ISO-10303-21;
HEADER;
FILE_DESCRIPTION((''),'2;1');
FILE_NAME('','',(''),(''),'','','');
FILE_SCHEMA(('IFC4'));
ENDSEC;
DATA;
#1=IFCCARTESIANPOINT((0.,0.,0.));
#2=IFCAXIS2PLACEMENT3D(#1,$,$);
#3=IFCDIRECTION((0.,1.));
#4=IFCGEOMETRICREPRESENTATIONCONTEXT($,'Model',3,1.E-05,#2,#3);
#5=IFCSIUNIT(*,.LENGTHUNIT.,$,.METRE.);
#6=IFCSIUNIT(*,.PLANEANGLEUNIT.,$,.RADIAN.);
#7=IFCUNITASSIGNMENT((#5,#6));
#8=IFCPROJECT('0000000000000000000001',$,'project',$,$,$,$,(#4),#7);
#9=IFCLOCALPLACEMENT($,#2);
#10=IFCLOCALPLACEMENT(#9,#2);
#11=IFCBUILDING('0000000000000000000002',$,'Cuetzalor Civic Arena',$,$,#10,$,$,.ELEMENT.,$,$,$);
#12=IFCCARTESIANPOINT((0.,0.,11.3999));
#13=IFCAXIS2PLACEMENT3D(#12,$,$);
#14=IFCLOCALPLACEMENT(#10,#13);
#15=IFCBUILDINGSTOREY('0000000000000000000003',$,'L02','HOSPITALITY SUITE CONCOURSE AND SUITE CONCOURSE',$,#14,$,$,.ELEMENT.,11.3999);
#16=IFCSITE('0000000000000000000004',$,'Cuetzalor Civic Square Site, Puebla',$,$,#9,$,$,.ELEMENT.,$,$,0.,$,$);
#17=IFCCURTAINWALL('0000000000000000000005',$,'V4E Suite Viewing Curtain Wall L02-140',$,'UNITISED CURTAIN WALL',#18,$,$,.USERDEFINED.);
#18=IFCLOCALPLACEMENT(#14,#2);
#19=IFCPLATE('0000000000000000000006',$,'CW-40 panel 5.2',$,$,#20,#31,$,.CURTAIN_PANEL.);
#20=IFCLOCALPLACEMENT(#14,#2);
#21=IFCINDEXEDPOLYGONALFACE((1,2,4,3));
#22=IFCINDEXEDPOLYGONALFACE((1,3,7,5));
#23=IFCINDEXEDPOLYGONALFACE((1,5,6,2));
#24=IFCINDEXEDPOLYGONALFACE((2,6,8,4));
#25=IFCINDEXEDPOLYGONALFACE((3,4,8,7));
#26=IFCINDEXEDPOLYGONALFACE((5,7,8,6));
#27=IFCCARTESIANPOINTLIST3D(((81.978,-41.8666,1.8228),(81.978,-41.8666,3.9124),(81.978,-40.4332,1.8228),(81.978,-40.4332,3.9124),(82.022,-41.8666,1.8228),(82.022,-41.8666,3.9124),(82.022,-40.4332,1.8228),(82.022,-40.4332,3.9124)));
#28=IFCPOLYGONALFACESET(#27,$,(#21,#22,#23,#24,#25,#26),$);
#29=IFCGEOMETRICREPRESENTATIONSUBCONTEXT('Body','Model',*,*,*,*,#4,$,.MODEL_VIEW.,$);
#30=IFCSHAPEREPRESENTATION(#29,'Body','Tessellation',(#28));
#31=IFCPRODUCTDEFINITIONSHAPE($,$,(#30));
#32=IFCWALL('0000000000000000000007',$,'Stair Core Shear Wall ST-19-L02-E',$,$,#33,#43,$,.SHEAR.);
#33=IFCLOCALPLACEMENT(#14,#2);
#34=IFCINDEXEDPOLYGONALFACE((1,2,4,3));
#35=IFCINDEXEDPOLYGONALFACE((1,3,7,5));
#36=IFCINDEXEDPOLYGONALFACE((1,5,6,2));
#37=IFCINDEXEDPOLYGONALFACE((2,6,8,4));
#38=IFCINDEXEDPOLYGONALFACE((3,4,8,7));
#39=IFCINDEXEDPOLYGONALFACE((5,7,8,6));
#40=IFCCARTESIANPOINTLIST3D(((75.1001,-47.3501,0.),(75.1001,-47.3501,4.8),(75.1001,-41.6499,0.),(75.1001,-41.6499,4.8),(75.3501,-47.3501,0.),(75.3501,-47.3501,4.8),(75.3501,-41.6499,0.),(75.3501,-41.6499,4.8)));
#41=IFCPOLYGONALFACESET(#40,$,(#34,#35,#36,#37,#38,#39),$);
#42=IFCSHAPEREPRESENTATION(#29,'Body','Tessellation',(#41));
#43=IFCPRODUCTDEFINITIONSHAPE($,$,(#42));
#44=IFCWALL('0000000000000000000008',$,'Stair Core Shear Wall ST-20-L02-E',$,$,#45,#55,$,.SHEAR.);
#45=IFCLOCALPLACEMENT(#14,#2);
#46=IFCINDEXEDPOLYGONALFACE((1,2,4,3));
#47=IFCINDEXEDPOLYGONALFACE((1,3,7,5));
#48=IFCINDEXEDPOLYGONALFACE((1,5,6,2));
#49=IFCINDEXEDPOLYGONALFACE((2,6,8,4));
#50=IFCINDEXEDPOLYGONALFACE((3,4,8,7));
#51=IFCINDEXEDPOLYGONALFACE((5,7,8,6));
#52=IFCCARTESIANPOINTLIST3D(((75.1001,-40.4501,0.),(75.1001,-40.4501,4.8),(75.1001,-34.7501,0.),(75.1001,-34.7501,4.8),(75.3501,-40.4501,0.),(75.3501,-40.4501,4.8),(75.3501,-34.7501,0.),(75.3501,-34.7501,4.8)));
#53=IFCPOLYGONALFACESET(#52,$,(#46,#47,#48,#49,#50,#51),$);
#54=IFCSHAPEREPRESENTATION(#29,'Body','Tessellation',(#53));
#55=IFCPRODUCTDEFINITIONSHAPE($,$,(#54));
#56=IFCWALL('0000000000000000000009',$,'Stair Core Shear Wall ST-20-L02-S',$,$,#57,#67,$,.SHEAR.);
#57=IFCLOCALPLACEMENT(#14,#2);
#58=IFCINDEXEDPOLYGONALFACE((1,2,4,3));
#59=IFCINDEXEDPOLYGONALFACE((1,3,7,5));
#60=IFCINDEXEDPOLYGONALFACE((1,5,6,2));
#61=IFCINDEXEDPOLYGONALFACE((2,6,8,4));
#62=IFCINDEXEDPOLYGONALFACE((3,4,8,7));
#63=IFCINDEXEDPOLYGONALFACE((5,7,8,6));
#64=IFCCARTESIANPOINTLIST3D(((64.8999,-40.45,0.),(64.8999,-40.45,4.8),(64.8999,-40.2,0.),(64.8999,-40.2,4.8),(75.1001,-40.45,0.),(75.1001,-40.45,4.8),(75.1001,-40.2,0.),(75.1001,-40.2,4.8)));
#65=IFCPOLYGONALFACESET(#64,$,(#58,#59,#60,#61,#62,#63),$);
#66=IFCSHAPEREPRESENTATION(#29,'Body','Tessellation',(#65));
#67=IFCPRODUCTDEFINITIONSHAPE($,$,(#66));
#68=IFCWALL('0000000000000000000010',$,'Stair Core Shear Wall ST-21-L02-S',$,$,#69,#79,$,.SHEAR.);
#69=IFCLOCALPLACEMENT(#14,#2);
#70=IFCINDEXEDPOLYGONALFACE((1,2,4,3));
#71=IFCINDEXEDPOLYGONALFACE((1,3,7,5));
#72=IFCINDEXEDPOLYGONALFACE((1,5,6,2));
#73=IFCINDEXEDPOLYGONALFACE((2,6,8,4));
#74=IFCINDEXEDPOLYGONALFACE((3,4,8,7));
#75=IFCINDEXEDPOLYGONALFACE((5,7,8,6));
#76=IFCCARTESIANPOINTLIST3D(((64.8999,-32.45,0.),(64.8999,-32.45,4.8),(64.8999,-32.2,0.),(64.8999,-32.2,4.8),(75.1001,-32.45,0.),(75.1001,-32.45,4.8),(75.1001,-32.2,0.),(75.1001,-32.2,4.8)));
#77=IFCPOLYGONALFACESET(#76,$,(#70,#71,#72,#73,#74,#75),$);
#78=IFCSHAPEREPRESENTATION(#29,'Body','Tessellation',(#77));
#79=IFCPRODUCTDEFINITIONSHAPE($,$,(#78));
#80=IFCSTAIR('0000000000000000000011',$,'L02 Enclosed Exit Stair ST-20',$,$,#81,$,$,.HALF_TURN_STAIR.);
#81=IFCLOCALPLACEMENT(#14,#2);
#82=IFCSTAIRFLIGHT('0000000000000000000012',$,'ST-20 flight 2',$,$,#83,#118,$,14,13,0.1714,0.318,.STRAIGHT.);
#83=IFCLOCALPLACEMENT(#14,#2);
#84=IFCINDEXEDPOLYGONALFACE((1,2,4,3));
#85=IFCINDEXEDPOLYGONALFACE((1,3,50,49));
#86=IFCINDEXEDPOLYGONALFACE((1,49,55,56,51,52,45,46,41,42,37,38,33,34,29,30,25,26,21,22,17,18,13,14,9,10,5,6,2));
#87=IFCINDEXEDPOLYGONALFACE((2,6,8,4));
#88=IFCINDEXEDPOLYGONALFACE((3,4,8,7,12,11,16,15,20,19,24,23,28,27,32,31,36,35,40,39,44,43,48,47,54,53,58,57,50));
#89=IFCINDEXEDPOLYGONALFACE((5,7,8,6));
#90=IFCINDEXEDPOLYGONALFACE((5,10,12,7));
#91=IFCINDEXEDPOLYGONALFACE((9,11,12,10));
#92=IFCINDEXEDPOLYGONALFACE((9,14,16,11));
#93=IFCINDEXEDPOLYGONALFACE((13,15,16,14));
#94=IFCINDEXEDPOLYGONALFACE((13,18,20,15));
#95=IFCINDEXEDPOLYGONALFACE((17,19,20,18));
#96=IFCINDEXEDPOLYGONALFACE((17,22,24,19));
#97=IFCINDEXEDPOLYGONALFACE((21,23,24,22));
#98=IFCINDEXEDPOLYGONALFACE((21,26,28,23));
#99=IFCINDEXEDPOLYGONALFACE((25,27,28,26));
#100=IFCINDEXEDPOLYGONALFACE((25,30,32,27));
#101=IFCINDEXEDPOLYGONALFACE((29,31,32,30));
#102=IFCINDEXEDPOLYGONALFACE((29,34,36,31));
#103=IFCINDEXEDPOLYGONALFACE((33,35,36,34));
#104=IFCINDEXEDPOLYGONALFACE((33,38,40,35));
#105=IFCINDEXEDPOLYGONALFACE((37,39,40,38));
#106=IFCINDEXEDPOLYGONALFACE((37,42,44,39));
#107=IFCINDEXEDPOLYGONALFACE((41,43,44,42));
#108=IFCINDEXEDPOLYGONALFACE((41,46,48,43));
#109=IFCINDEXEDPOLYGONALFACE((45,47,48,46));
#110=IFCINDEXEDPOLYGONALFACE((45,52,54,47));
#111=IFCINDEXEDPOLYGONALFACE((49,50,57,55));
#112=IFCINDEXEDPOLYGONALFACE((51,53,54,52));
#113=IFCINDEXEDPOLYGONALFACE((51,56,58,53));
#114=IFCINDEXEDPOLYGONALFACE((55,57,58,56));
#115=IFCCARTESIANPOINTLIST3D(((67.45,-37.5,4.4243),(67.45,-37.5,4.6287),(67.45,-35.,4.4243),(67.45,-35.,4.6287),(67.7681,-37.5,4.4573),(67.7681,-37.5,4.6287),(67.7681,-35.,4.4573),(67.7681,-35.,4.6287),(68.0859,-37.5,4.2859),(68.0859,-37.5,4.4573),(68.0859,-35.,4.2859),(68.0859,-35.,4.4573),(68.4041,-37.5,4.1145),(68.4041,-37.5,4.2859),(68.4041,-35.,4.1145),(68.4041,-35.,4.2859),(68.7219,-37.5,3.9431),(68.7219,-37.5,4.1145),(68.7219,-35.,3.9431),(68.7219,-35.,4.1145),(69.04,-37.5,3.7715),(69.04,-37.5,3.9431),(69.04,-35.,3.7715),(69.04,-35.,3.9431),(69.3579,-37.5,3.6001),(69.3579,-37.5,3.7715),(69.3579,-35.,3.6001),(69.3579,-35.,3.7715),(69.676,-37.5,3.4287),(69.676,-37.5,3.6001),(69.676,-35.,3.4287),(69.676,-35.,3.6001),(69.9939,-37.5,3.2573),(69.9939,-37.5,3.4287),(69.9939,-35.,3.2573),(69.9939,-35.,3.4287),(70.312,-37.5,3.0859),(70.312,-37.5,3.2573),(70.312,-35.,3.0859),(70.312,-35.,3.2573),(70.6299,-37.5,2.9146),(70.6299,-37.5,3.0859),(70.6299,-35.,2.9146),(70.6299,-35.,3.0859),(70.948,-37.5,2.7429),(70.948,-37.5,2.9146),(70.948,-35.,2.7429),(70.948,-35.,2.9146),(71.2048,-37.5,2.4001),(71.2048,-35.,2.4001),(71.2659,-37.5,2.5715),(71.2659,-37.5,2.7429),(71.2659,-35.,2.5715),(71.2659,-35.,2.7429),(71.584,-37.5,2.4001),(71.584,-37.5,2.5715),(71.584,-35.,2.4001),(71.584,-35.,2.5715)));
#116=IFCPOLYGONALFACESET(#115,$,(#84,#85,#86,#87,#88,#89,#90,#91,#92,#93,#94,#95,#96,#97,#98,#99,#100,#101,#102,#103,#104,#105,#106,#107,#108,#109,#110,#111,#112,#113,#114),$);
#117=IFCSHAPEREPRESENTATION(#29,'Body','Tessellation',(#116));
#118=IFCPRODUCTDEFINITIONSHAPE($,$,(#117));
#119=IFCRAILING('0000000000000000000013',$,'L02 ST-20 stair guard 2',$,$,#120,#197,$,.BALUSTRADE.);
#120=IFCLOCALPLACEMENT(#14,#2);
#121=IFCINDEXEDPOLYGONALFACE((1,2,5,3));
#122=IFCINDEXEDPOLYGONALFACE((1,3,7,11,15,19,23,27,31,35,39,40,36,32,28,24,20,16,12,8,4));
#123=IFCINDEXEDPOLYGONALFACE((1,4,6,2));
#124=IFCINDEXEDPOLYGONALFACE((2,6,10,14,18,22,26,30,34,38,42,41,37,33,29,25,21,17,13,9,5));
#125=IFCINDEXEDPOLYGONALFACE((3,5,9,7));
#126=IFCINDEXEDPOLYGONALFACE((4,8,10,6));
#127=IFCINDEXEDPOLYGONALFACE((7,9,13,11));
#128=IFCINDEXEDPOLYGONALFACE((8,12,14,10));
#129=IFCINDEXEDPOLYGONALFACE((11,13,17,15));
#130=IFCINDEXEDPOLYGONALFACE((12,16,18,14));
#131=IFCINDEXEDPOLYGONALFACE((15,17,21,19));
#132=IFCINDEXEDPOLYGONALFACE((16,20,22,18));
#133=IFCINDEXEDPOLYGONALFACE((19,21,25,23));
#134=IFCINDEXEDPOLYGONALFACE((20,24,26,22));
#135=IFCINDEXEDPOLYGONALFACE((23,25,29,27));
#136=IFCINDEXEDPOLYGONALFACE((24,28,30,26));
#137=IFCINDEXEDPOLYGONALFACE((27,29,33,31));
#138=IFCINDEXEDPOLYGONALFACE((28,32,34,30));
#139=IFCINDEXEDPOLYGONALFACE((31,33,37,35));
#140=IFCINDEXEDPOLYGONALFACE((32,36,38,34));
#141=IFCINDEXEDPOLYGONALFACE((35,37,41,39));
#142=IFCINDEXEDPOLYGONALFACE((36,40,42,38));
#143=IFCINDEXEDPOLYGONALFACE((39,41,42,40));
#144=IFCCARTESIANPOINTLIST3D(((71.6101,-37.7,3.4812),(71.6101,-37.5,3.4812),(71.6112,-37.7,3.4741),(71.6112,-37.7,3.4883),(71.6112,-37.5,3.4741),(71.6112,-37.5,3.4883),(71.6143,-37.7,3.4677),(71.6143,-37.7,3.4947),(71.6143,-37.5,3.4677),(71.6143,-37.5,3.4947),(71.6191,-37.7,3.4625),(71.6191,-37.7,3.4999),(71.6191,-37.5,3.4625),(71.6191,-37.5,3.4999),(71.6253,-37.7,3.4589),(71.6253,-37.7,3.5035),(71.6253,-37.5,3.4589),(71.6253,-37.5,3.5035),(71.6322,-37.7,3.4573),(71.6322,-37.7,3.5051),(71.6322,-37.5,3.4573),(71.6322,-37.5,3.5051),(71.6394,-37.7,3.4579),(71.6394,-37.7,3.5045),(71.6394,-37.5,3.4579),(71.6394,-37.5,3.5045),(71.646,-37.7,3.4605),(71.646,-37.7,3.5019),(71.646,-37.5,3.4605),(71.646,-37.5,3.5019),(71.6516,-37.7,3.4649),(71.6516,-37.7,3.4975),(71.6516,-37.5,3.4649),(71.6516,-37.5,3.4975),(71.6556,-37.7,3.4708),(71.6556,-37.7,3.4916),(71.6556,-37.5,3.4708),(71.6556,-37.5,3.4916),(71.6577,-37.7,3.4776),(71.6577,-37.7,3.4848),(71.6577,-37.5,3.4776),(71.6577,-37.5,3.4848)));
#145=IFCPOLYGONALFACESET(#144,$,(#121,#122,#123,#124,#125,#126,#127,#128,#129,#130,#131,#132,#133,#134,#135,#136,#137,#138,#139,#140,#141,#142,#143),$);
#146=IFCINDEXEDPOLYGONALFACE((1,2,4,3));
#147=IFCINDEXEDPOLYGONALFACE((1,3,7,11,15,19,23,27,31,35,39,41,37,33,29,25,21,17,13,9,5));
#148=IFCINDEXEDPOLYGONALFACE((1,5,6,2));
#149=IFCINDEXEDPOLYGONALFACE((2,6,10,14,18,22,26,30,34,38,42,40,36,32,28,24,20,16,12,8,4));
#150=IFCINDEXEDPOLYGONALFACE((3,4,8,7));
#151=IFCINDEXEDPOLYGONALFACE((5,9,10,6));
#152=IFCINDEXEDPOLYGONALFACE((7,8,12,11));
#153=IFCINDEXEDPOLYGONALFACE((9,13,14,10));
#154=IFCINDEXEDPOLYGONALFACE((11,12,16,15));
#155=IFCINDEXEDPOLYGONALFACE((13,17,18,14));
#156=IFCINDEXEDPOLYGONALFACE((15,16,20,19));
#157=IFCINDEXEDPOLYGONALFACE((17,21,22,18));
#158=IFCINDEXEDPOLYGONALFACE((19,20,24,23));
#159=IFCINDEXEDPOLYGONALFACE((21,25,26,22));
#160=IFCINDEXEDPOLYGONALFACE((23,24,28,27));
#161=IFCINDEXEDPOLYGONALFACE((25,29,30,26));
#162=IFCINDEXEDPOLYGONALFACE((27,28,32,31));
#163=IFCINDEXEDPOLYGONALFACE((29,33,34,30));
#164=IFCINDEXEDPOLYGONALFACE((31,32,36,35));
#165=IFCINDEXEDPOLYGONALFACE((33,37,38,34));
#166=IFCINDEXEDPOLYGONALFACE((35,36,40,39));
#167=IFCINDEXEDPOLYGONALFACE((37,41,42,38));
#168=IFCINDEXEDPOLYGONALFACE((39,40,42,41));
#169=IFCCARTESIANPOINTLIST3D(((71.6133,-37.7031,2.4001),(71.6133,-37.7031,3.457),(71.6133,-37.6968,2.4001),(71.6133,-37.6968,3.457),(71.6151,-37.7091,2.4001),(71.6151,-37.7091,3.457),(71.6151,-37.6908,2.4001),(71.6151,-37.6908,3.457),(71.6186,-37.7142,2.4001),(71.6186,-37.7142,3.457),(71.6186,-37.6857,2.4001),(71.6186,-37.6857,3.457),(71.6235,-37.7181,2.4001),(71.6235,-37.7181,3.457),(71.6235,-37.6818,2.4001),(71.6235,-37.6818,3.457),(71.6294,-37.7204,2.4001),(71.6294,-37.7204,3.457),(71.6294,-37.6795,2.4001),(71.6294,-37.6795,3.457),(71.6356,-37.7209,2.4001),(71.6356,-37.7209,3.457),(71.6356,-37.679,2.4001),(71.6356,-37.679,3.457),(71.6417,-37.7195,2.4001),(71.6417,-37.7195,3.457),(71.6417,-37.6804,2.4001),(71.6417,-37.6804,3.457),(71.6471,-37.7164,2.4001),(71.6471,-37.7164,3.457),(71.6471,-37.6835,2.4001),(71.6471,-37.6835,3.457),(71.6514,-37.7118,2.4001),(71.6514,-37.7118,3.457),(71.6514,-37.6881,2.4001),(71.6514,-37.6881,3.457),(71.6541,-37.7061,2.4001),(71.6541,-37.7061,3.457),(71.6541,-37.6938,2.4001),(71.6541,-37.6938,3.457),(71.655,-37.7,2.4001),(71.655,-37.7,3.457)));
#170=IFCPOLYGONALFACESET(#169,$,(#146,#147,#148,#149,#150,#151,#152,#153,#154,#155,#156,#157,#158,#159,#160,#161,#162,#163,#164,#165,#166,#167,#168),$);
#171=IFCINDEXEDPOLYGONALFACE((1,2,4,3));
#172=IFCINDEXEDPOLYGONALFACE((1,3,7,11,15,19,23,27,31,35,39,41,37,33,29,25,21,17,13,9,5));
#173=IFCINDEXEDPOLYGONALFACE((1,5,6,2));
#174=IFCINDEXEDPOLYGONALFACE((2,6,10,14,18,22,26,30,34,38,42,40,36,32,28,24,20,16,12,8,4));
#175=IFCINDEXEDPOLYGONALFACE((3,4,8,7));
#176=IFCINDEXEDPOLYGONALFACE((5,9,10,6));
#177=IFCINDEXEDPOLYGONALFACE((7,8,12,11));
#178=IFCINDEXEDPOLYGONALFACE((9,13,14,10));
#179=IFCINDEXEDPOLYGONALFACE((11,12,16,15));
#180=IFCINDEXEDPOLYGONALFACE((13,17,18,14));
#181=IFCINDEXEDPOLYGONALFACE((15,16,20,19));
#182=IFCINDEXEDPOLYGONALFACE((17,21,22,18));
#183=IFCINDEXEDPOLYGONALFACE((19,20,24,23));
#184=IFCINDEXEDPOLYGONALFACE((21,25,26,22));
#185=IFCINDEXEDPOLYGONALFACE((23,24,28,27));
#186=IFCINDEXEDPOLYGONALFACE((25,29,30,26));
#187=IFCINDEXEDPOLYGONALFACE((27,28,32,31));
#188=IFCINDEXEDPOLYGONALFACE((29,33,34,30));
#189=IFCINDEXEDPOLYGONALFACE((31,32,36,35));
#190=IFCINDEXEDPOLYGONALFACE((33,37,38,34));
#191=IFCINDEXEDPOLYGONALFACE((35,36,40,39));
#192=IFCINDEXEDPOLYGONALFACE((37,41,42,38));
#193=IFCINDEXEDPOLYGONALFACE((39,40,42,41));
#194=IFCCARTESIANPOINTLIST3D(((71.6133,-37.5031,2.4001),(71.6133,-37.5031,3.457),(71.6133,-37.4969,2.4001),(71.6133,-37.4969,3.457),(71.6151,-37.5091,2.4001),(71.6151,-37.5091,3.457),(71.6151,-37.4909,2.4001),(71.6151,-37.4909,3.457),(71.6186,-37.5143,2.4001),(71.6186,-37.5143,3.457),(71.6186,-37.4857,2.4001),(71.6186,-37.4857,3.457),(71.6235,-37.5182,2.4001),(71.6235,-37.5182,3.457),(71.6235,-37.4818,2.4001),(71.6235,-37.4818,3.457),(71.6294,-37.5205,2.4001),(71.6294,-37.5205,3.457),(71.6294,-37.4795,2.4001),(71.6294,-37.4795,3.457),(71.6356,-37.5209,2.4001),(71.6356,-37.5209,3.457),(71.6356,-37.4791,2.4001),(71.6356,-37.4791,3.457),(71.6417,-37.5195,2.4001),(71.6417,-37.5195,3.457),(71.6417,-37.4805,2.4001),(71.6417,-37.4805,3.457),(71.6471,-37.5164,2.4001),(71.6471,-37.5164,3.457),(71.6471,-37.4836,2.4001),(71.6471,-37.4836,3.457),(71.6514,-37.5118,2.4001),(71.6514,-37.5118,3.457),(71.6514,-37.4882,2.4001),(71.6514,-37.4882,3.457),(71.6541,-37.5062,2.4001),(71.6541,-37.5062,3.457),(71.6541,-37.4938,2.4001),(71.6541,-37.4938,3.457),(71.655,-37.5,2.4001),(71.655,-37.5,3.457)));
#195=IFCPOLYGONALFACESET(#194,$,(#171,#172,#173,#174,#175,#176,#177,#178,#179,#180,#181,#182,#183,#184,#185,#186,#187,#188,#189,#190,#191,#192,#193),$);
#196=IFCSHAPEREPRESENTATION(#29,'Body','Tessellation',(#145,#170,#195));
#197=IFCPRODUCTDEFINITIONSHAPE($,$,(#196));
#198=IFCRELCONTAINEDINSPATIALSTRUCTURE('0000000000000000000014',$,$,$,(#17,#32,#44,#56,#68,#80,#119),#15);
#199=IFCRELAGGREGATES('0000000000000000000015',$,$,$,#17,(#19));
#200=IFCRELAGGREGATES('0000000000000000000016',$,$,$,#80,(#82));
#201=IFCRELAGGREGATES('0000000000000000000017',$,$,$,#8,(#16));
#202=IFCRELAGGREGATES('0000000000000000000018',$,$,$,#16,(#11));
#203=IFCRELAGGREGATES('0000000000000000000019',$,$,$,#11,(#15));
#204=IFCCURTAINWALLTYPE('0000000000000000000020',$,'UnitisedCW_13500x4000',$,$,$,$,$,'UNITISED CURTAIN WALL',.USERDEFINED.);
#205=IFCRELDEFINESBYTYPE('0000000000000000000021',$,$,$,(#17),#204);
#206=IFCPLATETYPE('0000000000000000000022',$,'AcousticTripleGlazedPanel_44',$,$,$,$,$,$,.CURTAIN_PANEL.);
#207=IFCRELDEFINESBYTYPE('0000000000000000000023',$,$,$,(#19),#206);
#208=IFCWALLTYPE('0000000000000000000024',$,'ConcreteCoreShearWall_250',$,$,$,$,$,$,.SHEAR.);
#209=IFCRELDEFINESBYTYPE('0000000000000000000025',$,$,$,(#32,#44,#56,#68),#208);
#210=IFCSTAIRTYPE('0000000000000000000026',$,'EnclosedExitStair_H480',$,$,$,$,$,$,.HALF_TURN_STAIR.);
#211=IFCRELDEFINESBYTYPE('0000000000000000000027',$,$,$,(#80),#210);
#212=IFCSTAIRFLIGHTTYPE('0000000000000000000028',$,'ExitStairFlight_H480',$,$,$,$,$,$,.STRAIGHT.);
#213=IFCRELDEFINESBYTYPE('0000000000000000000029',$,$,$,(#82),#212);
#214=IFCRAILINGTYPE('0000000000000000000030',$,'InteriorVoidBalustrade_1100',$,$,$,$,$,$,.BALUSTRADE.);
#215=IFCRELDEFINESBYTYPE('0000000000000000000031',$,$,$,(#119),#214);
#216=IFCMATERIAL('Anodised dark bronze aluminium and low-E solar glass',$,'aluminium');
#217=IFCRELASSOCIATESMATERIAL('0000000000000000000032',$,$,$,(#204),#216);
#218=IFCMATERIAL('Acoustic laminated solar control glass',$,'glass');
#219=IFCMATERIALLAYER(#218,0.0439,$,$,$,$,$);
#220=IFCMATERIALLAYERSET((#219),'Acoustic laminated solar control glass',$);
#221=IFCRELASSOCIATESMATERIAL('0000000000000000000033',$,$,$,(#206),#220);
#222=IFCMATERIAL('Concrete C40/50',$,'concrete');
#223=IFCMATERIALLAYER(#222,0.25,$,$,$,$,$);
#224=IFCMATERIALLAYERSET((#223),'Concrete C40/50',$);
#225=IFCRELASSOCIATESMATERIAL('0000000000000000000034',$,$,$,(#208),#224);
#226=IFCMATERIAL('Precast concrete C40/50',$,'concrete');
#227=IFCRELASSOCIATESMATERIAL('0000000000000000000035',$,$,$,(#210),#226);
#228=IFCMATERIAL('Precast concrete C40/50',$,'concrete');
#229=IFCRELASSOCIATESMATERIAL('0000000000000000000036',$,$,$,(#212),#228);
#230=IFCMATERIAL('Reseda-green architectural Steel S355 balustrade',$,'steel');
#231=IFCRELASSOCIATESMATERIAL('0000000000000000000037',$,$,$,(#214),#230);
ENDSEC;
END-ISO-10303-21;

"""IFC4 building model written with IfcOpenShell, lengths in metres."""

from ifc_helpers import new_model, si_unit, direction, frame, frame_2d, origin, origin_2d, place, context, subcontext, project, spatial, polyline, rectangle, circle, outline, extrude, material, layer, layer_set, type_object, element, aggregate, save


model = new_model("IFC4")

# Units and contexts
model_context = context("Model", 3, precision=1e-05, world=origin(), true_north=direction((0.0, 1.0)))
body_context = subcontext(model_context, "Body", "Model", "MODEL_VIEW")
ifc_project = project(units=[si_unit("LENGTHUNIT", "METRE"), si_unit("PLANEANGLEUNIT", "RADIAN")], contexts=[model_context])

# Site, building, storey
site_placement = place(None, origin())
site = spatial("IfcSite", under=ifc_project, at=site_placement, Name="Cuetzalor Civic Square Site, Puebla", CompositionType="ELEMENT", RefElevation=0.0)
building_placement = place(site_placement, origin())
building = spatial("IfcBuilding", under=site, at=building_placement, Name="Cuetzalor Civic Arena", CompositionType="ELEMENT")
storey_placement = place(building_placement, frame((0.0, 0.0, 11.3999)))
storey = spatial("IfcBuildingStorey", under=building, at=storey_placement, Name="L02", Description="HOSPITALITY SUITE CONCOURSE AND SUITE CONCOURSE", CompositionType="ELEMENT", Elevation=11.3999)

# Curtain wall
ifc_material_1 = material(Name="Anodised dark bronze aluminium and low-E solar glass", Category="aluminium")
curtain_wall_type = type_object("IfcCurtainWallType", Name="UnitisedCW_13500x4000", ElementType="UNITISED CURTAIN WALL", PredefinedType="USERDEFINED", material=ifc_material_1)
curtain_wall_placement = place(storey_placement, origin())
curtain_wall = element("IfcCurtainWall", 1, at=curtain_wall_placement, inside=storey, type_object=curtain_wall_type, Name="V4E Suite Viewing Curtain Wall L02-140", ObjectType="UNITISED CURTAIN WALL", PredefinedType="USERDEFINED")

# Plate
ifc_material_2 = material(Name="Acoustic laminated solar control glass", Category="glass")
ifc_layer_1 = layer(ifc_material_2, 0.0439)
ifc_layer_set_1 = layer_set([ifc_layer_1], Name="Acoustic laminated solar control glass")
plate_type = type_object("IfcPlateType", Name="AcousticTripleGlazedPanel_44", PredefinedType="CURTAIN_PANEL", material=ifc_layer_set_1)
plate_1_placement = place(storey_placement, frame((82.0, -41.1499, 1.8228), z_axis=(0.0, 0.0, 1.0), x_axis=(0.0, -1.0, 0.0)))
plate_1 = element("IfcPlate", 2, at=plate_1_placement, type_object=plate_type, Name="CW-40 panel 5.2", PredefinedType="CURTAIN_PANEL", context=body_context, shape_type="SweptSolid", body=[
    extrude(rectangle(XDim=1.4333, YDim=0.0439, at=origin_2d()), origin(), (0.0, 0.0, 1.0), 2.0896),
])
aggregate(curtain_wall, [plate_1])

# Walls
ifc_material_3 = material(Name="Concrete C40/50", Category="concrete")
ifc_layer_2 = layer(ifc_material_3, 0.25)
ifc_layer_set_2 = layer_set([ifc_layer_2], Name="Concrete C40/50")
wall_type = type_object("IfcWallType", Name="ConcreteCoreShearWall_250", PredefinedType="SHEAR", material=ifc_layer_set_2)
wall_1_placement = place(storey_placement, frame((75.2251, -41.6499, 0.0), z_axis=(0.0, 0.0, 1.0), x_axis=(0.0, -1.0, 0.0)))
element("IfcWall", 3, at=wall_1_placement, inside=storey, type_object=wall_type, Name="Stair Core Shear Wall ST-19-L02-E", PredefinedType="SHEAR", context=body_context, shape_type="SweptSolid", body=[
    extrude(rectangle(XDim=5.7002, YDim=0.25, at=frame_2d((2.8501, 0.0))), origin(), (0.0, 0.0, 1.0), 4.8),
])
wall_2_placement = place(storey_placement, frame((75.2251, -34.75, 0.0), z_axis=(0.0, 0.0, 1.0), x_axis=(0.0, -1.0, 0.0)))
element("IfcWall", 4, at=wall_2_placement, inside=storey, type_object=wall_type, Name="Stair Core Shear Wall ST-20-L02-E", PredefinedType="SHEAR", context=body_context, shape_type="SweptSolid", body=[
    extrude(rectangle(XDim=5.7, YDim=0.25, at=frame_2d((2.8501, 0.0))), origin(), (0.0, 0.0, 1.0), 4.8),
])
for number, where, z_axis, x_axis, name in (
    (5, (75.1001, -40.325, 0.0), (0.0, 0.0, 1.0), (-1.0, 0.0, 0.0), "Stair Core Shear Wall ST-20-L02-S"),
    (6, (75.1001, -32.325, 0.0), (0.0, 0.0, 1.0), (-1.0, 0.0, 0.0), "Stair Core Shear Wall ST-21-L02-S"),
):
    element("IfcWall", number, at=place(storey_placement, frame(where, z_axis=z_axis, x_axis=x_axis)), inside=storey, type_object=wall_type, Name=name, PredefinedType="SHEAR", context=body_context, shape_type="SweptSolid", body=[
        extrude(rectangle(XDim=10.2002, YDim=0.25, at=frame_2d((5.1001, 0.0))), origin(), (0.0, 0.0, 1.0), 4.8),
    ])

# Stair, stair flight
ifc_material_4 = material(Name="Precast concrete C40/50", Category="concrete")
stair_type = type_object("IfcStairType", Name="EnclosedExitStair_H480", PredefinedType="HALF_TURN_STAIR", material=ifc_material_4)
stair_placement = place(storey_placement, origin())
stair = element("IfcStair", 7, at=stair_placement, inside=storey, type_object=stair_type, Name="L02 Enclosed Exit Stair ST-20", PredefinedType="HALF_TURN_STAIR")
ifc_material_5 = material(Name="Precast concrete C40/50", Category="concrete")
stair_flight_type = type_object("IfcStairFlightType", Name="ExitStairFlight_H480", PredefinedType="STRAIGHT", material=ifc_material_5)
stair_flight_placement = place(storey_placement, frame((71.584, -36.25, 2.4001), z_axis=(0.0, 0.0, 1.0), x_axis=(-1.0, 0.0, 0.0)))
stair_flight = element("IfcStairFlight", 8, at=stair_flight_placement, type_object=stair_flight_type, Name="ST-20 flight 2", NumberOfRisers=14, NumberOfTreads=13, PredefinedType="STRAIGHT", RiserHeight=0.1714, TreadLength=0.318, context=body_context, shape_type="SweptSolid", body=[
    extrude(outline(polyline([(0.0, 0.0), (0.0, 0.1714), (0.3181, 0.1714), (0.3181, 0.3428), (0.636, 0.3428), (0.636, 0.5144), (0.9541, 0.5144), (0.9541, 0.6858), (1.272, 0.6858), (1.272, 0.8572), (1.5901, 0.8572), (1.5901, 1.0286), (1.908, 1.0286), (1.908, 1.2), (2.2261, 1.2), (2.2261, 1.3713), (2.5439, 1.3713), (2.5439, 1.543), (2.8621, 1.543), (2.8621, 1.7144), (3.1799, 1.7144), (3.1799, 1.8857), (3.498, 1.8857), (3.498, 2.0571), (3.8159, 2.0571), (3.8159, 2.2285), (4.134, 2.2285), (4.134, 2.3999), (4.134, 2.0242), (0.3792, 0.0), (0.0, 0.0)])), frame((0.0, 1.25, 0.0), z_axis=(0.0, -1.0, 0.0), x_axis=(1.0, 0.0, 0.0)), (0.0, 0.0, 1.0), 2.5),
])
aggregate(stair, [stair_flight])

# Railing
ifc_material_6 = material(Name="Reseda-green architectural Steel S355 balustrade", Category="steel")
railing_type_1 = type_object("IfcRailingType", Name="InteriorVoidBalustrade_1100", PredefinedType="BALUSTRADE", material=ifc_material_6)
railing_1_placement = place(storey_placement, frame((71.634, -37.7, 2.4001)))
element("IfcRailing", 9, at=railing_1_placement, inside=storey, type_object=railing_type_1, Name="L02 ST-20 stair guard 2", PredefinedType="BALUSTRADE", context=body_context, shape_type="SweptSolid", body=[
    extrude(circle(Radius=0.0239, at=origin_2d()), frame((0.0, 0.0, 1.0811), z_axis=(0.0, 1.0, 0.0), x_axis=(-1.0, 0.0, 0.0)), (0.0, 0.0, 1.0), 0.2),
    extrude(circle(Radius=0.021, at=origin_2d()), origin(), (0.0, 0.0, 1.0), 1.0569),
    extrude(circle(Radius=0.021, at=origin_2d()), frame((0.0, 0.2, 0.0)), (0.0, 0.0, 1.0), 1.0569),
])

save(model, "model.ifc")
